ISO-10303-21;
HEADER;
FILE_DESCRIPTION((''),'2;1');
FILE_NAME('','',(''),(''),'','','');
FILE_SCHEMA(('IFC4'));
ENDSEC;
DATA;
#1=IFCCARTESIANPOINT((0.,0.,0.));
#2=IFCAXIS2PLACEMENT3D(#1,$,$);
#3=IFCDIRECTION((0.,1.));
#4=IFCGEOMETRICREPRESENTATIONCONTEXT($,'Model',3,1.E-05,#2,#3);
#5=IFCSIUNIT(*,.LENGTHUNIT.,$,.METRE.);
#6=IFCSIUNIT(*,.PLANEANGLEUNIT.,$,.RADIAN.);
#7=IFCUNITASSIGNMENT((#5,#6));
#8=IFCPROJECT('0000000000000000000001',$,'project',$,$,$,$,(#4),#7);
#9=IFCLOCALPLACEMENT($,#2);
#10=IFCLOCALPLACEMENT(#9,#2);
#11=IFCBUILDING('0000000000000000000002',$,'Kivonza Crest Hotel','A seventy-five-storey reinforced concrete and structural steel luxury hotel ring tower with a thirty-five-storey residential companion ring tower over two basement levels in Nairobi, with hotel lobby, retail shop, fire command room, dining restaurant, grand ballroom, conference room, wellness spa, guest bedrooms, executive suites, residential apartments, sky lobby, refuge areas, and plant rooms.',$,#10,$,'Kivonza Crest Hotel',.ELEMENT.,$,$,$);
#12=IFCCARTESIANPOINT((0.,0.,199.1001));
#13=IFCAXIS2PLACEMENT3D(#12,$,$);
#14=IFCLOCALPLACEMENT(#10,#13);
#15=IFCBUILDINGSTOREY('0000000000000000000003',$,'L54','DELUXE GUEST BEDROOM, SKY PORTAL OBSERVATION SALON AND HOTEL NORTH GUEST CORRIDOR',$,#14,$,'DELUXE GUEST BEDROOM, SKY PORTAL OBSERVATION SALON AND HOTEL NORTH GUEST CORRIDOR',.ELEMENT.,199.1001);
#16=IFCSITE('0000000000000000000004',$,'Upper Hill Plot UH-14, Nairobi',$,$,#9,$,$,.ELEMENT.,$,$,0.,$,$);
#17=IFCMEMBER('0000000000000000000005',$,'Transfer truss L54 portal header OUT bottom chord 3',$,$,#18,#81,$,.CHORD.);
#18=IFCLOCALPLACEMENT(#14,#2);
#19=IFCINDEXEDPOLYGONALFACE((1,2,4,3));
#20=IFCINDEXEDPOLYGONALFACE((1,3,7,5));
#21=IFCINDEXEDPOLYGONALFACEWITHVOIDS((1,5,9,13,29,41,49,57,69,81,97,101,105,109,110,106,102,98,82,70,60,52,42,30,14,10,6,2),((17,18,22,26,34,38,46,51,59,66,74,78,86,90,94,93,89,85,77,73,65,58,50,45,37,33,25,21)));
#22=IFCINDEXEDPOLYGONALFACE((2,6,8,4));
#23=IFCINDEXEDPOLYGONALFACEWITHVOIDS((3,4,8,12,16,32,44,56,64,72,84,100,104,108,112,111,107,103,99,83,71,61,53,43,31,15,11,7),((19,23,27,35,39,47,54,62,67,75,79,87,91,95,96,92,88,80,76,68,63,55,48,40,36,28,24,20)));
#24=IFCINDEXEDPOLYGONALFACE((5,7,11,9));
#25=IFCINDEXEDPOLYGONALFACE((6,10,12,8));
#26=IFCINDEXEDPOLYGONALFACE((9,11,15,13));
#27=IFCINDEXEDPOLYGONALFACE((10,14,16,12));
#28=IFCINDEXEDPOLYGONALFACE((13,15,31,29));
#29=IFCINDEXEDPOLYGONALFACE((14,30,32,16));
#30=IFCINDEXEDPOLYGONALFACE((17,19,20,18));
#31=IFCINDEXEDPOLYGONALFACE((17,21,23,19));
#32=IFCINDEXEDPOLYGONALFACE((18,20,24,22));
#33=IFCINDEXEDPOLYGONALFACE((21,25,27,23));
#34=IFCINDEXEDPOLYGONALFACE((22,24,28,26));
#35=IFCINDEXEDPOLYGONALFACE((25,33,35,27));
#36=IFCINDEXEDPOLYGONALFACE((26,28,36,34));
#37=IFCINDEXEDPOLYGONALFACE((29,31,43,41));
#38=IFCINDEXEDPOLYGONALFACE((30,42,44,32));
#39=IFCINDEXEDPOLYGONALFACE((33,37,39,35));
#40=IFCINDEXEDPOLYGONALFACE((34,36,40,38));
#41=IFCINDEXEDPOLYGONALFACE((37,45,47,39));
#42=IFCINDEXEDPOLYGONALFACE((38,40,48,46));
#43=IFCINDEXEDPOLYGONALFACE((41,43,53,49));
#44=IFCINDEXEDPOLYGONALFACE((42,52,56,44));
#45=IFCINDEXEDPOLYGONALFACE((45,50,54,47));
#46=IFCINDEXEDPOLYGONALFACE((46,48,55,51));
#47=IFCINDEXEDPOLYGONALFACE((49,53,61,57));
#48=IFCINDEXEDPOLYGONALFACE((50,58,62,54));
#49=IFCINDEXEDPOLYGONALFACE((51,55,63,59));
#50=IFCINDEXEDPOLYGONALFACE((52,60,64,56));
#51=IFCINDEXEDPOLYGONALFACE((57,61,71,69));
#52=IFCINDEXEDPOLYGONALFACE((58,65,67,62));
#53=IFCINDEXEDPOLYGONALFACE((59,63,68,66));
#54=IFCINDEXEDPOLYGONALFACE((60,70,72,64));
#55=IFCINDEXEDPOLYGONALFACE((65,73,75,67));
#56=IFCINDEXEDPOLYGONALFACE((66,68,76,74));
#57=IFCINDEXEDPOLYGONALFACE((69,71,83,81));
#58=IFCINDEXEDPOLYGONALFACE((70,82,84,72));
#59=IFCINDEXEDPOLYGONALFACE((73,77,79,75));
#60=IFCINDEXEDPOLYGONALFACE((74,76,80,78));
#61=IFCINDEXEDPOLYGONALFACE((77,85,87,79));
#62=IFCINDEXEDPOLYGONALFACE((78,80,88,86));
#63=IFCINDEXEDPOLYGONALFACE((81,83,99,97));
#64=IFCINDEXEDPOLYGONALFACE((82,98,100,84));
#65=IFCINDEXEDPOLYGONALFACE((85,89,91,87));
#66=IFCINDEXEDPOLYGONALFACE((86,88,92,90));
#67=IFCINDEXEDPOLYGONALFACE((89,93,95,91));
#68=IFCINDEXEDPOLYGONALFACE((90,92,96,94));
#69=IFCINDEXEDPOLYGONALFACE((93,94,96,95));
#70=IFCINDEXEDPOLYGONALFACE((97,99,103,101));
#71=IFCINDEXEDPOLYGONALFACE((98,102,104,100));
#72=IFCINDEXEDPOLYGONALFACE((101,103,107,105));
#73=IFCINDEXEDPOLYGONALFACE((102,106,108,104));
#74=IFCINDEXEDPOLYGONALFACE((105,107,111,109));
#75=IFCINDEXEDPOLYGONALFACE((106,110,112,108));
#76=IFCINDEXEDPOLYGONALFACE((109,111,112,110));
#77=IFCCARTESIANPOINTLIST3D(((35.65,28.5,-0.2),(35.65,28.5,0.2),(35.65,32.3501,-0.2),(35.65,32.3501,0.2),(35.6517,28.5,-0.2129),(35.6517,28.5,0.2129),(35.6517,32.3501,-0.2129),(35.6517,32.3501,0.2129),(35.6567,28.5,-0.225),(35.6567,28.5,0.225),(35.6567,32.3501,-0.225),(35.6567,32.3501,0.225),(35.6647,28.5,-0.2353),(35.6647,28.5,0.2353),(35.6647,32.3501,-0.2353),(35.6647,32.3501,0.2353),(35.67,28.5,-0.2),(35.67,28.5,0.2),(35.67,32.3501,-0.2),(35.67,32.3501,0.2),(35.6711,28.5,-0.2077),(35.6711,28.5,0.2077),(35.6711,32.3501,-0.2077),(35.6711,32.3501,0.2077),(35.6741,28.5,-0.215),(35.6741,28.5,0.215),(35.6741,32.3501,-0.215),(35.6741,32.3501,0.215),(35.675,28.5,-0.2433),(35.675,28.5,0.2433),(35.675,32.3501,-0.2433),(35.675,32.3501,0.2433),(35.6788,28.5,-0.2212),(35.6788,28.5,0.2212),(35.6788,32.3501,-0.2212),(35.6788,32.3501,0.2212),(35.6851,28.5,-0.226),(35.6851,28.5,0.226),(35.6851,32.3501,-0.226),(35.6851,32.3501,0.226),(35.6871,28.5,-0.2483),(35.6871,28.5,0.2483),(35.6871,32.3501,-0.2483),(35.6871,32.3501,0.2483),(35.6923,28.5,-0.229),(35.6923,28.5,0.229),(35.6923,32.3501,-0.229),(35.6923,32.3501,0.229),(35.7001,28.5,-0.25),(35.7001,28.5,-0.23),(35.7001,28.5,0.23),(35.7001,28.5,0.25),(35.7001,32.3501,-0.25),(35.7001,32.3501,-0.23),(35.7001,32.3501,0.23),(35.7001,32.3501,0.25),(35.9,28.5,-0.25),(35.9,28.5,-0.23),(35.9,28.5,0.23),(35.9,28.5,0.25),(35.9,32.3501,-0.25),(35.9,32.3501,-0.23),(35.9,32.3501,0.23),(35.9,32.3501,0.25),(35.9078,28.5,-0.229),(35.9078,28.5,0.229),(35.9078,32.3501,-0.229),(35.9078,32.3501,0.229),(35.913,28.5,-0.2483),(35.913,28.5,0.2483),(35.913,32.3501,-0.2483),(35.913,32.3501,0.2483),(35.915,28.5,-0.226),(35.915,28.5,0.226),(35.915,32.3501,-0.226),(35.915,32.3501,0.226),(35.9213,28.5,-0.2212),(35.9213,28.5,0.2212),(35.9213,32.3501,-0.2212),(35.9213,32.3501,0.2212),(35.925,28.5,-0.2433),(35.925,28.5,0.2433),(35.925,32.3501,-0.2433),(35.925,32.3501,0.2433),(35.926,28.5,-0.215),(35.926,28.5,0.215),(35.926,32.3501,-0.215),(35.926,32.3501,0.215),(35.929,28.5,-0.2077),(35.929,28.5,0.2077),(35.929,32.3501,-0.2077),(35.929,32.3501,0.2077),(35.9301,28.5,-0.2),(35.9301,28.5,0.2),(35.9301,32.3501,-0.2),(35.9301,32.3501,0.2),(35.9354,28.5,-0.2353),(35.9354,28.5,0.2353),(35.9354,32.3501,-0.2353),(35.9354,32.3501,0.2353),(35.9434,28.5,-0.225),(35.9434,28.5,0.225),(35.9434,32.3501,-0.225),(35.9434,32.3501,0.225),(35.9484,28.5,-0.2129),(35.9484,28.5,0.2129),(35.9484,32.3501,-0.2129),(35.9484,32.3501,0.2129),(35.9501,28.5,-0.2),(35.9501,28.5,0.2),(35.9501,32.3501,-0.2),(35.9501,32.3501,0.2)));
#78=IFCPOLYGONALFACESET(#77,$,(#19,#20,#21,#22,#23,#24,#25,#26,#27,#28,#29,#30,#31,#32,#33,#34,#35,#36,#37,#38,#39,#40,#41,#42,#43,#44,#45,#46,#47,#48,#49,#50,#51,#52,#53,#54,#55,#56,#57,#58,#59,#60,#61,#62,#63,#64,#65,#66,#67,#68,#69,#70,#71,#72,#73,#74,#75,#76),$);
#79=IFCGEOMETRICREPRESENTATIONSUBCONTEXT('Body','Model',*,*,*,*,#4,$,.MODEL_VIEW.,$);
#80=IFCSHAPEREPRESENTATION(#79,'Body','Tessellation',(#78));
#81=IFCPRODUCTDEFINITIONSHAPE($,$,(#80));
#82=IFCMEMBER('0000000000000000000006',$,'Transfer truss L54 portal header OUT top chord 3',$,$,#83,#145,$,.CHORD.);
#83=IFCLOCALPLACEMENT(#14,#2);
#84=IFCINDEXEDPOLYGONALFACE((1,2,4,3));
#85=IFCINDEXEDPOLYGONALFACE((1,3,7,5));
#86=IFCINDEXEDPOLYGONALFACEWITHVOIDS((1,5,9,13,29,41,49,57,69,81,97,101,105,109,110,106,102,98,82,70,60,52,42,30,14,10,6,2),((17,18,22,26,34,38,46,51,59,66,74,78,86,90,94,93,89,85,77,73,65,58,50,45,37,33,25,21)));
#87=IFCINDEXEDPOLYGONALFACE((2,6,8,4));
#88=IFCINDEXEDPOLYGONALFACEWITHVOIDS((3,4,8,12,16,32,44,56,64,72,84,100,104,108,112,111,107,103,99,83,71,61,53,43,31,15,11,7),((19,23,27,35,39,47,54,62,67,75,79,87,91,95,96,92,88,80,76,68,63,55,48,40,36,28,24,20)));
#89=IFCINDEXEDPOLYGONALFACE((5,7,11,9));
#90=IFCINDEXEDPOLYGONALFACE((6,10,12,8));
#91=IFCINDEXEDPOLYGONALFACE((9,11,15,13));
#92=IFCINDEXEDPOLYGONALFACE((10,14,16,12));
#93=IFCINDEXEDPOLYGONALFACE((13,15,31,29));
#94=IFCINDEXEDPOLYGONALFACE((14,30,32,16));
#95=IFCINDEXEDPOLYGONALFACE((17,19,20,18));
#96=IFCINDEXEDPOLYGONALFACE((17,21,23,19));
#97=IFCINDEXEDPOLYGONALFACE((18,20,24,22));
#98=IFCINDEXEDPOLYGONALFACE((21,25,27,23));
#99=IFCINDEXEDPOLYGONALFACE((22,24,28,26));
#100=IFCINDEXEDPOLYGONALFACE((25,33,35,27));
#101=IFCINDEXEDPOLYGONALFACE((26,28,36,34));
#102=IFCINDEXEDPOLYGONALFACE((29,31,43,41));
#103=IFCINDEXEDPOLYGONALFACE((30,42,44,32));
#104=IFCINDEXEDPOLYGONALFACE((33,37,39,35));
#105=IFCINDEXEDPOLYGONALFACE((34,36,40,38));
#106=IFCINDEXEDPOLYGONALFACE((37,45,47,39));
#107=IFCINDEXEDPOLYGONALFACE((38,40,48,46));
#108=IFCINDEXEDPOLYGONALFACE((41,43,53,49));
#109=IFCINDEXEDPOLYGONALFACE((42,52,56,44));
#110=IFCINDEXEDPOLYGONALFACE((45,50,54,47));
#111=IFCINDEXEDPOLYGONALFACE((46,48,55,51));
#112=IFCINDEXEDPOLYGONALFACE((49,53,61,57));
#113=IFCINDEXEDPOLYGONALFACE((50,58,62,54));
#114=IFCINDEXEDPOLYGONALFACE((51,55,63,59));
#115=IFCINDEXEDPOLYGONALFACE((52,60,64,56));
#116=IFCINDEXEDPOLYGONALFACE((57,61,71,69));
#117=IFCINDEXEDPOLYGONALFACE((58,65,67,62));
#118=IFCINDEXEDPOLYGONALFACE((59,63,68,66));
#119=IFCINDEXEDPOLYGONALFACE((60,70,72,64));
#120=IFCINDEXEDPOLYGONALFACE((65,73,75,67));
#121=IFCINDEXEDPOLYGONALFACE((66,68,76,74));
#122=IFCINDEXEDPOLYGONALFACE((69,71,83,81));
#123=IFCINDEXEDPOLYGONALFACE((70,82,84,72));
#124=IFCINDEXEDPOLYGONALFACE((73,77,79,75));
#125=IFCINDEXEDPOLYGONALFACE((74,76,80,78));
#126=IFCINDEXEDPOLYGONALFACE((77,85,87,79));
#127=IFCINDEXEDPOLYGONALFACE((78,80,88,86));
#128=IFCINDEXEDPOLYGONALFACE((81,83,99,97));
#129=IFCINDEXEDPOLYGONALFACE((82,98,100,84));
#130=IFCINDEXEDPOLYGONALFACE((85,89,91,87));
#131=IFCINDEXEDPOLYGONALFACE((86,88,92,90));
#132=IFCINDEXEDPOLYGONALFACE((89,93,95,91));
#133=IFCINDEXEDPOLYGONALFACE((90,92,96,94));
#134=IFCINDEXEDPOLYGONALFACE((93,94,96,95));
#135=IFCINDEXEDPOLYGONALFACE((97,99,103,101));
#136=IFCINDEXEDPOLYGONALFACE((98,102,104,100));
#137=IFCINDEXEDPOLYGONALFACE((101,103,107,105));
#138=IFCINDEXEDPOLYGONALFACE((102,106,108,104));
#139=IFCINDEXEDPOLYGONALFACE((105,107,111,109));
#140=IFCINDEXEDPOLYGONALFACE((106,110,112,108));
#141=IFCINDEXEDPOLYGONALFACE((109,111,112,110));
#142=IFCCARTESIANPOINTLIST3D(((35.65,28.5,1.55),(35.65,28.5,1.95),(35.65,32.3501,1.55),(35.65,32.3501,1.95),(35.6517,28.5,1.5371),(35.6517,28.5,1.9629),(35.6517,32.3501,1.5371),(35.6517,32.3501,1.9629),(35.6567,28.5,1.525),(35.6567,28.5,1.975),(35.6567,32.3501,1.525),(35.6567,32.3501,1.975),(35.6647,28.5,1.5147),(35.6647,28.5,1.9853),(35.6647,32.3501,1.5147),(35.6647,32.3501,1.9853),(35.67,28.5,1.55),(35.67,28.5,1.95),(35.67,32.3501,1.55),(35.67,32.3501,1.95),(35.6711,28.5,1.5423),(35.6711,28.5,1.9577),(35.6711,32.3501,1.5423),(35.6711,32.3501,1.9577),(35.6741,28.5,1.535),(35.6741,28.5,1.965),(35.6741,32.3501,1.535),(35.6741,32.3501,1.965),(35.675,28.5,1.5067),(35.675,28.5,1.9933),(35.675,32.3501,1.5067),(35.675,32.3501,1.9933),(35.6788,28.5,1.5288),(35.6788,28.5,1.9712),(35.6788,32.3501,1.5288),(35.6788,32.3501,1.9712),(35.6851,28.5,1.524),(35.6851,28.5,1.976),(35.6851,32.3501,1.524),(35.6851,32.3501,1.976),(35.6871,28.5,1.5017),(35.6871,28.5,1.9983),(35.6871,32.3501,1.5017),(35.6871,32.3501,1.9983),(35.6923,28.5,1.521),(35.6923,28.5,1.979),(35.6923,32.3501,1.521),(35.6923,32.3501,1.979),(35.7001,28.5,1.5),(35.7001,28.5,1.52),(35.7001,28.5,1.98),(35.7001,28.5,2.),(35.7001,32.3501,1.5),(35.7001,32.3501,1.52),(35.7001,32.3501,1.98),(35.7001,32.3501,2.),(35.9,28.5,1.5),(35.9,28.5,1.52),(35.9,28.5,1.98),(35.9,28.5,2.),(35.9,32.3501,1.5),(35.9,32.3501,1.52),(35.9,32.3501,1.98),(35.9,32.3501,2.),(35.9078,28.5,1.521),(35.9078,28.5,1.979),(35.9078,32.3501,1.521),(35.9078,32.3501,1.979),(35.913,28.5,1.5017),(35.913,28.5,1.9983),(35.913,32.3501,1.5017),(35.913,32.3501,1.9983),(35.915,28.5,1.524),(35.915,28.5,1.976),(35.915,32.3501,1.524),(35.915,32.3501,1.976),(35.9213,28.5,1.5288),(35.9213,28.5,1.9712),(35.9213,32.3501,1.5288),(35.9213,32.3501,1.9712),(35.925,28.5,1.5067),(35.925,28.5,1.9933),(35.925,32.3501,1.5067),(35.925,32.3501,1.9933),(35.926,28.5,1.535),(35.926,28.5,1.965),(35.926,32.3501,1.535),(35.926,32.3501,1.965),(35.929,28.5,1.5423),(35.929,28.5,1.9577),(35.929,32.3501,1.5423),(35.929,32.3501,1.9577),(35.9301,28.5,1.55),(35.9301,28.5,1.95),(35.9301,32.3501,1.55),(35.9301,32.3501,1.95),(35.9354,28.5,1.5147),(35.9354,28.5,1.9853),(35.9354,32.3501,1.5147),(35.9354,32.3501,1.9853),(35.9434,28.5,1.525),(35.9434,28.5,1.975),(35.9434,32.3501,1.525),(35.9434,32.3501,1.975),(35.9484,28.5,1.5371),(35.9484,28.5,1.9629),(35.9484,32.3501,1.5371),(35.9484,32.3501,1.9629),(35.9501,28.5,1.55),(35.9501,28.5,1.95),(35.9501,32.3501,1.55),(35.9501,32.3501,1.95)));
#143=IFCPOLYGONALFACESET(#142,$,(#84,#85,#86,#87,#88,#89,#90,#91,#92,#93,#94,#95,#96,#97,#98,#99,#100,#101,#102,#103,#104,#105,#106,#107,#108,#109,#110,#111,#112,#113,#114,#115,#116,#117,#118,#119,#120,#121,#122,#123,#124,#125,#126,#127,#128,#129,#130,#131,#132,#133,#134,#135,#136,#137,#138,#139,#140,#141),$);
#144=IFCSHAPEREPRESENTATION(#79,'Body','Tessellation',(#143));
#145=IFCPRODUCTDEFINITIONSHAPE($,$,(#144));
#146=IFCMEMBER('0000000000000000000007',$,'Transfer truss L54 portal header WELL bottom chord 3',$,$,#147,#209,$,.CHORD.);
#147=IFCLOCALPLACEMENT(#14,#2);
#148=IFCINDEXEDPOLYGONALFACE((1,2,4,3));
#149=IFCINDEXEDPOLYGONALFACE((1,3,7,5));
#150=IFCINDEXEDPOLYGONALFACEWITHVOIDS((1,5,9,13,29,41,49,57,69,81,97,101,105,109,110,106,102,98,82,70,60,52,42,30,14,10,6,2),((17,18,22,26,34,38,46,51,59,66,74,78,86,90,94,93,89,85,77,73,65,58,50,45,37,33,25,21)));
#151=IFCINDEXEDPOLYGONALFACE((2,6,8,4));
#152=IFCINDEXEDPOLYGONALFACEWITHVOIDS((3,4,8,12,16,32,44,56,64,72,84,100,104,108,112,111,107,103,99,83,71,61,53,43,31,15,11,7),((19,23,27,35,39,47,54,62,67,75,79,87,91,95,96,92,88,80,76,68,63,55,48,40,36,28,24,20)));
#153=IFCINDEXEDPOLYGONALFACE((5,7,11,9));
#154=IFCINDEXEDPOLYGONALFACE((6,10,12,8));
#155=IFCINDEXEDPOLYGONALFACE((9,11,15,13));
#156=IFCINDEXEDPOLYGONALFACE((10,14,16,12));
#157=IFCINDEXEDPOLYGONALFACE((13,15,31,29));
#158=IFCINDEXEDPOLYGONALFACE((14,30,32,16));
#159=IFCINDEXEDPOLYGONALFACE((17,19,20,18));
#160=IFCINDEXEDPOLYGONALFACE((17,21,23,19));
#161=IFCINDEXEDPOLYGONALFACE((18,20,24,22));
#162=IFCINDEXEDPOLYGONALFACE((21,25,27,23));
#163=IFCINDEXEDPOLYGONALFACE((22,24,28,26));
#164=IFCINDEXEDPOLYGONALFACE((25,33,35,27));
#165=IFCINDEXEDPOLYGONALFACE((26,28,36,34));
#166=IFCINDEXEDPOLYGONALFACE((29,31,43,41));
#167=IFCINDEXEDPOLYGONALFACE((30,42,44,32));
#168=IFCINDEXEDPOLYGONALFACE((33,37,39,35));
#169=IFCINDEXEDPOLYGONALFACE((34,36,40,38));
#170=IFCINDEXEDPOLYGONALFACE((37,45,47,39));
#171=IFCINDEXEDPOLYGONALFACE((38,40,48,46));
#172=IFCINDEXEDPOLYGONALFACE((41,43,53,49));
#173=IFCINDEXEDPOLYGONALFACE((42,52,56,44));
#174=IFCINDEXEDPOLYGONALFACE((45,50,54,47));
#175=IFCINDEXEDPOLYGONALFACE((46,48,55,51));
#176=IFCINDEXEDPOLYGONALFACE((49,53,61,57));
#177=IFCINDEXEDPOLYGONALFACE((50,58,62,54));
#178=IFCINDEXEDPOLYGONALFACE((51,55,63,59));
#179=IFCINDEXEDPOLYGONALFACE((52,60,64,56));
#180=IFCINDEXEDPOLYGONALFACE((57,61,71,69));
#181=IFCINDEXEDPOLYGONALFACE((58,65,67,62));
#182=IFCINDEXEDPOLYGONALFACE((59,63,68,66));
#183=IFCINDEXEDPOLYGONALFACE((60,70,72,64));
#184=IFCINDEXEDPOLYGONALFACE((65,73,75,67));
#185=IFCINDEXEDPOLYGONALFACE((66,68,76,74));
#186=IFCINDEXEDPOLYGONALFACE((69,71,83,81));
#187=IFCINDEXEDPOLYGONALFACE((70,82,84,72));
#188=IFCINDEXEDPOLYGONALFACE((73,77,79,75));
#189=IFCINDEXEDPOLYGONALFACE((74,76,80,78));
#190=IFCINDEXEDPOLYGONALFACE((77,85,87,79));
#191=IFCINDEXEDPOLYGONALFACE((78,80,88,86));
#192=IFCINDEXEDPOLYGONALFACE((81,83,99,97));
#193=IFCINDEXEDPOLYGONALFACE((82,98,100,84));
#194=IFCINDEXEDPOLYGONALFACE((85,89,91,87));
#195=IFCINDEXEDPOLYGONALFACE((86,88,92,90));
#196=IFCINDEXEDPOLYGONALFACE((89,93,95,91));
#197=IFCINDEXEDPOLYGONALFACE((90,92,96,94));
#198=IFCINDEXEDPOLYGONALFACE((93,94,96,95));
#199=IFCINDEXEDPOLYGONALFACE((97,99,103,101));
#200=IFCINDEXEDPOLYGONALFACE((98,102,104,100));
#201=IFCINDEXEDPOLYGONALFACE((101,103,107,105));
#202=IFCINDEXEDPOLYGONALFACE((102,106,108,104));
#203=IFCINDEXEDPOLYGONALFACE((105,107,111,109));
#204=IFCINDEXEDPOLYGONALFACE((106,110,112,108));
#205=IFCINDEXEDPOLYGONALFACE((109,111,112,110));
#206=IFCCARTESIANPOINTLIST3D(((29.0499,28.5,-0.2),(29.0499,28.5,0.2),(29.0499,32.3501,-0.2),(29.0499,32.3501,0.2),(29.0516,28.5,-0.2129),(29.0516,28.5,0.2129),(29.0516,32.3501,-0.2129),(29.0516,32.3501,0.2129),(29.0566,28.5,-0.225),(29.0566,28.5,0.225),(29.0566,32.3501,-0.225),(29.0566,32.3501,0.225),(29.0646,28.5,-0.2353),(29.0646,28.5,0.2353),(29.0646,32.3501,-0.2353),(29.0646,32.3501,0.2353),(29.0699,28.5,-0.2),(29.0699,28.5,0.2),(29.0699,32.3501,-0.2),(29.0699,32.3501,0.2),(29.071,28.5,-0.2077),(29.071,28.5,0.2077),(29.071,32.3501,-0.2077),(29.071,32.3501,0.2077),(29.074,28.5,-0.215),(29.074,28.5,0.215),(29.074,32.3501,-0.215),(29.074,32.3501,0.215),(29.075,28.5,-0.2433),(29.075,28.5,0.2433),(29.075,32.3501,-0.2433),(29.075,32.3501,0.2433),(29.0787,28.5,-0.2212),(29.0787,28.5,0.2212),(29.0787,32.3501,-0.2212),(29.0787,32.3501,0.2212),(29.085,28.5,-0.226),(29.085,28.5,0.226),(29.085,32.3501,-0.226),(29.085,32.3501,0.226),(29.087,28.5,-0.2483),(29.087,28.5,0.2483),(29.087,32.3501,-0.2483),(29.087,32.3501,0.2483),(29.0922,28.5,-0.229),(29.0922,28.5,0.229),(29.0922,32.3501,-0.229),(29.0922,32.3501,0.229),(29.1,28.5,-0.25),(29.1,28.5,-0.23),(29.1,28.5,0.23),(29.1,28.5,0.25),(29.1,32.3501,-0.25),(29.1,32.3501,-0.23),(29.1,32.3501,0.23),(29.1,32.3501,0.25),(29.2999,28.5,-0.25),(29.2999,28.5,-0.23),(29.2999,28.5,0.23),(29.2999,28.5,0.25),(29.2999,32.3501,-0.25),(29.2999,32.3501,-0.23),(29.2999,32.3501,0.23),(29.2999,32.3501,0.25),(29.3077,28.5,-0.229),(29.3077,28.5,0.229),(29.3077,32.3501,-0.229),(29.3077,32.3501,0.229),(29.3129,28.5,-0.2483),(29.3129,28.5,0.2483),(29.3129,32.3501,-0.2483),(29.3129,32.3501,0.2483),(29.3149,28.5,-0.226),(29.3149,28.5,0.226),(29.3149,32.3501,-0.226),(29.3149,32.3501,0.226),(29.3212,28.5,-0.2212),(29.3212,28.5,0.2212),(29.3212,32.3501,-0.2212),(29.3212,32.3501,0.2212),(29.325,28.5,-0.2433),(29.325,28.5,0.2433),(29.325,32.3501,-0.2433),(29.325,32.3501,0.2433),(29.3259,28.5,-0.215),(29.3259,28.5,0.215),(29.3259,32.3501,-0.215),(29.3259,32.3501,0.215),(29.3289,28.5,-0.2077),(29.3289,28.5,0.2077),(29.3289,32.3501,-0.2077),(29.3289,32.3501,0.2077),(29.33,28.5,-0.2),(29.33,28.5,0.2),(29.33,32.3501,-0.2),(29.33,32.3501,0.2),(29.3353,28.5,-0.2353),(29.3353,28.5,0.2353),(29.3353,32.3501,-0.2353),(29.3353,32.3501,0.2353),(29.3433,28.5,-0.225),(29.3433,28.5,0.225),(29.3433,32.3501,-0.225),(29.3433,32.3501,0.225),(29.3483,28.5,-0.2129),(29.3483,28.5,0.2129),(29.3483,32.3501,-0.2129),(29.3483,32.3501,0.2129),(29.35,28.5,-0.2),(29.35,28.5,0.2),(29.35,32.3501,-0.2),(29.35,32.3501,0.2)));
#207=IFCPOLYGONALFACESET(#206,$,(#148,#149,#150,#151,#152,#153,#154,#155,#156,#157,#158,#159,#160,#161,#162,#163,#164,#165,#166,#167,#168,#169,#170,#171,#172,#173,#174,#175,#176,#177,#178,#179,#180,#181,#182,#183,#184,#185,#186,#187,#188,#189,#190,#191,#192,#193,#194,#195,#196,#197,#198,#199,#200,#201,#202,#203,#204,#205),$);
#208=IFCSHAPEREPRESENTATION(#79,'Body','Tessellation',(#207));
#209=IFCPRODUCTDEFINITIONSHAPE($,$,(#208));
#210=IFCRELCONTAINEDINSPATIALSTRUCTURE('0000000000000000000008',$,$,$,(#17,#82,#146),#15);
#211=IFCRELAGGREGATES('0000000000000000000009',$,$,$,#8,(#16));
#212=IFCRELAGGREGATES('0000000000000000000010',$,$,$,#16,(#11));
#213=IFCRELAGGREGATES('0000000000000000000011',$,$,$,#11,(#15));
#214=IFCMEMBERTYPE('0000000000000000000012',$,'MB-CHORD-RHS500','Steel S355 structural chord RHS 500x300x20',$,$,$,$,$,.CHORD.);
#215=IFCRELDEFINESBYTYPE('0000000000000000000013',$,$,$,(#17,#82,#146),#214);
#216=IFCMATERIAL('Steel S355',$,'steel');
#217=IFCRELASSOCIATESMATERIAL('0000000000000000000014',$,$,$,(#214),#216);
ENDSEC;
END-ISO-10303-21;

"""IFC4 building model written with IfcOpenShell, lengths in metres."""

from ifc_helpers import new_model, si_unit, direction, frame, origin, origin_2d, place, context, subcontext, project, spatial, hollow_rectangle, extrude, material, material_profile, profile_set, type_object, element, save


model = new_model("IFC4")

# Units and contexts
model_context = context("Model", 3, precision=1e-05, world=origin(), true_north=direction((0.0, 1.0)))
body_context = subcontext(model_context, "Body", "Model", "MODEL_VIEW")
ifc_project = project(units=[si_unit("LENGTHUNIT", "METRE"), si_unit("PLANEANGLEUNIT", "RADIAN")], contexts=[model_context])

# Site, building, storey
site_placement = place(None, origin())
site = spatial("IfcSite", under=ifc_project, at=site_placement, Name="Upper Hill Plot UH-14, Nairobi", CompositionType="ELEMENT", RefElevation=0.0)
building_placement = place(site_placement, origin())
building = spatial("IfcBuilding", under=site, at=building_placement, Name="Kivonza Crest Hotel", Description="A seventy-five-storey reinforced concrete and structural steel luxury hotel ring tower with a thirty-five-storey residential companion ring tower over two basement levels in Nairobi, with hotel lobby, retail shop, fire command room, dining restaurant, grand ballroom, conference room, wellness spa, guest bedrooms, executive suites, residential apartments, sky lobby, refuge areas, and plant rooms.", LongName="Kivonza Crest Hotel", CompositionType="ELEMENT")
storey_placement = place(building_placement, frame((0.0, 0.0, 199.1001)))
storey = spatial("IfcBuildingStorey", under=building, at=storey_placement, Name="L54", Description="DELUXE GUEST BEDROOM, SKY PORTAL OBSERVATION SALON AND HOTEL NORTH GUEST CORRIDOR", LongName="DELUXE GUEST BEDROOM, SKY PORTAL OBSERVATION SALON AND HOTEL NORTH GUEST CORRIDOR", CompositionType="ELEMENT", Elevation=199.1001)

# Shared definitions
ifc_material_1 = material(Name="Steel S355", Category="steel")

# Members
ifc_material_profile_1 = material_profile(ifc_material_1, hollow_rectangle(XDim=0.3, YDim=0.5, WallThickness=0.02, InnerFilletRadius=0.03, OuterFilletRadius=0.05, at=origin_2d()), Name="RHS 500x300x20")
ifc_profile_set_1 = profile_set([ifc_material_profile_1], Name="Steel S355")
member_type_1 = type_object("IfcMemberType", Name="MB-CHORD-RHS500", Description="Steel S355 structural chord RHS 500x300x20", PredefinedType="CHORD", material=ifc_profile_set_1)
for number, where, z_axis, x_axis, name in (
    (1, (35.8, 28.5, 0.0), (0.0, 1.0, 0.0), (-1.0, 0.0, 0.0), "Transfer truss L54 portal header OUT bottom chord 3"),
    (2, (35.8, 28.5, 1.75), (0.0, 1.0, 0.0), (-1.0, 0.0, 0.0), "Transfer truss L54 portal header OUT top chord 3"),
    (3, (29.2, 28.5, 0.0), (0.0, 1.0, 0.0), (-1.0, 0.0, 0.0), "Transfer truss L54 portal header WELL bottom chord 3"),
):
    element("IfcMember", number, at=place(storey_placement, frame(where, z_axis=z_axis, x_axis=x_axis)), inside=storey, type_object=member_type_1, Name=name, PredefinedType="CHORD", context=body_context, shape_type="SweptSolid", body=[
        extrude(hollow_rectangle(XDim=0.3, YDim=0.5, WallThickness=0.02, InnerFilletRadius=0.03, OuterFilletRadius=0.05, at=origin_2d()), origin(), (0.0, 0.0, 1.0), 3.8501),
    ])

save(model, "model.ifc")
